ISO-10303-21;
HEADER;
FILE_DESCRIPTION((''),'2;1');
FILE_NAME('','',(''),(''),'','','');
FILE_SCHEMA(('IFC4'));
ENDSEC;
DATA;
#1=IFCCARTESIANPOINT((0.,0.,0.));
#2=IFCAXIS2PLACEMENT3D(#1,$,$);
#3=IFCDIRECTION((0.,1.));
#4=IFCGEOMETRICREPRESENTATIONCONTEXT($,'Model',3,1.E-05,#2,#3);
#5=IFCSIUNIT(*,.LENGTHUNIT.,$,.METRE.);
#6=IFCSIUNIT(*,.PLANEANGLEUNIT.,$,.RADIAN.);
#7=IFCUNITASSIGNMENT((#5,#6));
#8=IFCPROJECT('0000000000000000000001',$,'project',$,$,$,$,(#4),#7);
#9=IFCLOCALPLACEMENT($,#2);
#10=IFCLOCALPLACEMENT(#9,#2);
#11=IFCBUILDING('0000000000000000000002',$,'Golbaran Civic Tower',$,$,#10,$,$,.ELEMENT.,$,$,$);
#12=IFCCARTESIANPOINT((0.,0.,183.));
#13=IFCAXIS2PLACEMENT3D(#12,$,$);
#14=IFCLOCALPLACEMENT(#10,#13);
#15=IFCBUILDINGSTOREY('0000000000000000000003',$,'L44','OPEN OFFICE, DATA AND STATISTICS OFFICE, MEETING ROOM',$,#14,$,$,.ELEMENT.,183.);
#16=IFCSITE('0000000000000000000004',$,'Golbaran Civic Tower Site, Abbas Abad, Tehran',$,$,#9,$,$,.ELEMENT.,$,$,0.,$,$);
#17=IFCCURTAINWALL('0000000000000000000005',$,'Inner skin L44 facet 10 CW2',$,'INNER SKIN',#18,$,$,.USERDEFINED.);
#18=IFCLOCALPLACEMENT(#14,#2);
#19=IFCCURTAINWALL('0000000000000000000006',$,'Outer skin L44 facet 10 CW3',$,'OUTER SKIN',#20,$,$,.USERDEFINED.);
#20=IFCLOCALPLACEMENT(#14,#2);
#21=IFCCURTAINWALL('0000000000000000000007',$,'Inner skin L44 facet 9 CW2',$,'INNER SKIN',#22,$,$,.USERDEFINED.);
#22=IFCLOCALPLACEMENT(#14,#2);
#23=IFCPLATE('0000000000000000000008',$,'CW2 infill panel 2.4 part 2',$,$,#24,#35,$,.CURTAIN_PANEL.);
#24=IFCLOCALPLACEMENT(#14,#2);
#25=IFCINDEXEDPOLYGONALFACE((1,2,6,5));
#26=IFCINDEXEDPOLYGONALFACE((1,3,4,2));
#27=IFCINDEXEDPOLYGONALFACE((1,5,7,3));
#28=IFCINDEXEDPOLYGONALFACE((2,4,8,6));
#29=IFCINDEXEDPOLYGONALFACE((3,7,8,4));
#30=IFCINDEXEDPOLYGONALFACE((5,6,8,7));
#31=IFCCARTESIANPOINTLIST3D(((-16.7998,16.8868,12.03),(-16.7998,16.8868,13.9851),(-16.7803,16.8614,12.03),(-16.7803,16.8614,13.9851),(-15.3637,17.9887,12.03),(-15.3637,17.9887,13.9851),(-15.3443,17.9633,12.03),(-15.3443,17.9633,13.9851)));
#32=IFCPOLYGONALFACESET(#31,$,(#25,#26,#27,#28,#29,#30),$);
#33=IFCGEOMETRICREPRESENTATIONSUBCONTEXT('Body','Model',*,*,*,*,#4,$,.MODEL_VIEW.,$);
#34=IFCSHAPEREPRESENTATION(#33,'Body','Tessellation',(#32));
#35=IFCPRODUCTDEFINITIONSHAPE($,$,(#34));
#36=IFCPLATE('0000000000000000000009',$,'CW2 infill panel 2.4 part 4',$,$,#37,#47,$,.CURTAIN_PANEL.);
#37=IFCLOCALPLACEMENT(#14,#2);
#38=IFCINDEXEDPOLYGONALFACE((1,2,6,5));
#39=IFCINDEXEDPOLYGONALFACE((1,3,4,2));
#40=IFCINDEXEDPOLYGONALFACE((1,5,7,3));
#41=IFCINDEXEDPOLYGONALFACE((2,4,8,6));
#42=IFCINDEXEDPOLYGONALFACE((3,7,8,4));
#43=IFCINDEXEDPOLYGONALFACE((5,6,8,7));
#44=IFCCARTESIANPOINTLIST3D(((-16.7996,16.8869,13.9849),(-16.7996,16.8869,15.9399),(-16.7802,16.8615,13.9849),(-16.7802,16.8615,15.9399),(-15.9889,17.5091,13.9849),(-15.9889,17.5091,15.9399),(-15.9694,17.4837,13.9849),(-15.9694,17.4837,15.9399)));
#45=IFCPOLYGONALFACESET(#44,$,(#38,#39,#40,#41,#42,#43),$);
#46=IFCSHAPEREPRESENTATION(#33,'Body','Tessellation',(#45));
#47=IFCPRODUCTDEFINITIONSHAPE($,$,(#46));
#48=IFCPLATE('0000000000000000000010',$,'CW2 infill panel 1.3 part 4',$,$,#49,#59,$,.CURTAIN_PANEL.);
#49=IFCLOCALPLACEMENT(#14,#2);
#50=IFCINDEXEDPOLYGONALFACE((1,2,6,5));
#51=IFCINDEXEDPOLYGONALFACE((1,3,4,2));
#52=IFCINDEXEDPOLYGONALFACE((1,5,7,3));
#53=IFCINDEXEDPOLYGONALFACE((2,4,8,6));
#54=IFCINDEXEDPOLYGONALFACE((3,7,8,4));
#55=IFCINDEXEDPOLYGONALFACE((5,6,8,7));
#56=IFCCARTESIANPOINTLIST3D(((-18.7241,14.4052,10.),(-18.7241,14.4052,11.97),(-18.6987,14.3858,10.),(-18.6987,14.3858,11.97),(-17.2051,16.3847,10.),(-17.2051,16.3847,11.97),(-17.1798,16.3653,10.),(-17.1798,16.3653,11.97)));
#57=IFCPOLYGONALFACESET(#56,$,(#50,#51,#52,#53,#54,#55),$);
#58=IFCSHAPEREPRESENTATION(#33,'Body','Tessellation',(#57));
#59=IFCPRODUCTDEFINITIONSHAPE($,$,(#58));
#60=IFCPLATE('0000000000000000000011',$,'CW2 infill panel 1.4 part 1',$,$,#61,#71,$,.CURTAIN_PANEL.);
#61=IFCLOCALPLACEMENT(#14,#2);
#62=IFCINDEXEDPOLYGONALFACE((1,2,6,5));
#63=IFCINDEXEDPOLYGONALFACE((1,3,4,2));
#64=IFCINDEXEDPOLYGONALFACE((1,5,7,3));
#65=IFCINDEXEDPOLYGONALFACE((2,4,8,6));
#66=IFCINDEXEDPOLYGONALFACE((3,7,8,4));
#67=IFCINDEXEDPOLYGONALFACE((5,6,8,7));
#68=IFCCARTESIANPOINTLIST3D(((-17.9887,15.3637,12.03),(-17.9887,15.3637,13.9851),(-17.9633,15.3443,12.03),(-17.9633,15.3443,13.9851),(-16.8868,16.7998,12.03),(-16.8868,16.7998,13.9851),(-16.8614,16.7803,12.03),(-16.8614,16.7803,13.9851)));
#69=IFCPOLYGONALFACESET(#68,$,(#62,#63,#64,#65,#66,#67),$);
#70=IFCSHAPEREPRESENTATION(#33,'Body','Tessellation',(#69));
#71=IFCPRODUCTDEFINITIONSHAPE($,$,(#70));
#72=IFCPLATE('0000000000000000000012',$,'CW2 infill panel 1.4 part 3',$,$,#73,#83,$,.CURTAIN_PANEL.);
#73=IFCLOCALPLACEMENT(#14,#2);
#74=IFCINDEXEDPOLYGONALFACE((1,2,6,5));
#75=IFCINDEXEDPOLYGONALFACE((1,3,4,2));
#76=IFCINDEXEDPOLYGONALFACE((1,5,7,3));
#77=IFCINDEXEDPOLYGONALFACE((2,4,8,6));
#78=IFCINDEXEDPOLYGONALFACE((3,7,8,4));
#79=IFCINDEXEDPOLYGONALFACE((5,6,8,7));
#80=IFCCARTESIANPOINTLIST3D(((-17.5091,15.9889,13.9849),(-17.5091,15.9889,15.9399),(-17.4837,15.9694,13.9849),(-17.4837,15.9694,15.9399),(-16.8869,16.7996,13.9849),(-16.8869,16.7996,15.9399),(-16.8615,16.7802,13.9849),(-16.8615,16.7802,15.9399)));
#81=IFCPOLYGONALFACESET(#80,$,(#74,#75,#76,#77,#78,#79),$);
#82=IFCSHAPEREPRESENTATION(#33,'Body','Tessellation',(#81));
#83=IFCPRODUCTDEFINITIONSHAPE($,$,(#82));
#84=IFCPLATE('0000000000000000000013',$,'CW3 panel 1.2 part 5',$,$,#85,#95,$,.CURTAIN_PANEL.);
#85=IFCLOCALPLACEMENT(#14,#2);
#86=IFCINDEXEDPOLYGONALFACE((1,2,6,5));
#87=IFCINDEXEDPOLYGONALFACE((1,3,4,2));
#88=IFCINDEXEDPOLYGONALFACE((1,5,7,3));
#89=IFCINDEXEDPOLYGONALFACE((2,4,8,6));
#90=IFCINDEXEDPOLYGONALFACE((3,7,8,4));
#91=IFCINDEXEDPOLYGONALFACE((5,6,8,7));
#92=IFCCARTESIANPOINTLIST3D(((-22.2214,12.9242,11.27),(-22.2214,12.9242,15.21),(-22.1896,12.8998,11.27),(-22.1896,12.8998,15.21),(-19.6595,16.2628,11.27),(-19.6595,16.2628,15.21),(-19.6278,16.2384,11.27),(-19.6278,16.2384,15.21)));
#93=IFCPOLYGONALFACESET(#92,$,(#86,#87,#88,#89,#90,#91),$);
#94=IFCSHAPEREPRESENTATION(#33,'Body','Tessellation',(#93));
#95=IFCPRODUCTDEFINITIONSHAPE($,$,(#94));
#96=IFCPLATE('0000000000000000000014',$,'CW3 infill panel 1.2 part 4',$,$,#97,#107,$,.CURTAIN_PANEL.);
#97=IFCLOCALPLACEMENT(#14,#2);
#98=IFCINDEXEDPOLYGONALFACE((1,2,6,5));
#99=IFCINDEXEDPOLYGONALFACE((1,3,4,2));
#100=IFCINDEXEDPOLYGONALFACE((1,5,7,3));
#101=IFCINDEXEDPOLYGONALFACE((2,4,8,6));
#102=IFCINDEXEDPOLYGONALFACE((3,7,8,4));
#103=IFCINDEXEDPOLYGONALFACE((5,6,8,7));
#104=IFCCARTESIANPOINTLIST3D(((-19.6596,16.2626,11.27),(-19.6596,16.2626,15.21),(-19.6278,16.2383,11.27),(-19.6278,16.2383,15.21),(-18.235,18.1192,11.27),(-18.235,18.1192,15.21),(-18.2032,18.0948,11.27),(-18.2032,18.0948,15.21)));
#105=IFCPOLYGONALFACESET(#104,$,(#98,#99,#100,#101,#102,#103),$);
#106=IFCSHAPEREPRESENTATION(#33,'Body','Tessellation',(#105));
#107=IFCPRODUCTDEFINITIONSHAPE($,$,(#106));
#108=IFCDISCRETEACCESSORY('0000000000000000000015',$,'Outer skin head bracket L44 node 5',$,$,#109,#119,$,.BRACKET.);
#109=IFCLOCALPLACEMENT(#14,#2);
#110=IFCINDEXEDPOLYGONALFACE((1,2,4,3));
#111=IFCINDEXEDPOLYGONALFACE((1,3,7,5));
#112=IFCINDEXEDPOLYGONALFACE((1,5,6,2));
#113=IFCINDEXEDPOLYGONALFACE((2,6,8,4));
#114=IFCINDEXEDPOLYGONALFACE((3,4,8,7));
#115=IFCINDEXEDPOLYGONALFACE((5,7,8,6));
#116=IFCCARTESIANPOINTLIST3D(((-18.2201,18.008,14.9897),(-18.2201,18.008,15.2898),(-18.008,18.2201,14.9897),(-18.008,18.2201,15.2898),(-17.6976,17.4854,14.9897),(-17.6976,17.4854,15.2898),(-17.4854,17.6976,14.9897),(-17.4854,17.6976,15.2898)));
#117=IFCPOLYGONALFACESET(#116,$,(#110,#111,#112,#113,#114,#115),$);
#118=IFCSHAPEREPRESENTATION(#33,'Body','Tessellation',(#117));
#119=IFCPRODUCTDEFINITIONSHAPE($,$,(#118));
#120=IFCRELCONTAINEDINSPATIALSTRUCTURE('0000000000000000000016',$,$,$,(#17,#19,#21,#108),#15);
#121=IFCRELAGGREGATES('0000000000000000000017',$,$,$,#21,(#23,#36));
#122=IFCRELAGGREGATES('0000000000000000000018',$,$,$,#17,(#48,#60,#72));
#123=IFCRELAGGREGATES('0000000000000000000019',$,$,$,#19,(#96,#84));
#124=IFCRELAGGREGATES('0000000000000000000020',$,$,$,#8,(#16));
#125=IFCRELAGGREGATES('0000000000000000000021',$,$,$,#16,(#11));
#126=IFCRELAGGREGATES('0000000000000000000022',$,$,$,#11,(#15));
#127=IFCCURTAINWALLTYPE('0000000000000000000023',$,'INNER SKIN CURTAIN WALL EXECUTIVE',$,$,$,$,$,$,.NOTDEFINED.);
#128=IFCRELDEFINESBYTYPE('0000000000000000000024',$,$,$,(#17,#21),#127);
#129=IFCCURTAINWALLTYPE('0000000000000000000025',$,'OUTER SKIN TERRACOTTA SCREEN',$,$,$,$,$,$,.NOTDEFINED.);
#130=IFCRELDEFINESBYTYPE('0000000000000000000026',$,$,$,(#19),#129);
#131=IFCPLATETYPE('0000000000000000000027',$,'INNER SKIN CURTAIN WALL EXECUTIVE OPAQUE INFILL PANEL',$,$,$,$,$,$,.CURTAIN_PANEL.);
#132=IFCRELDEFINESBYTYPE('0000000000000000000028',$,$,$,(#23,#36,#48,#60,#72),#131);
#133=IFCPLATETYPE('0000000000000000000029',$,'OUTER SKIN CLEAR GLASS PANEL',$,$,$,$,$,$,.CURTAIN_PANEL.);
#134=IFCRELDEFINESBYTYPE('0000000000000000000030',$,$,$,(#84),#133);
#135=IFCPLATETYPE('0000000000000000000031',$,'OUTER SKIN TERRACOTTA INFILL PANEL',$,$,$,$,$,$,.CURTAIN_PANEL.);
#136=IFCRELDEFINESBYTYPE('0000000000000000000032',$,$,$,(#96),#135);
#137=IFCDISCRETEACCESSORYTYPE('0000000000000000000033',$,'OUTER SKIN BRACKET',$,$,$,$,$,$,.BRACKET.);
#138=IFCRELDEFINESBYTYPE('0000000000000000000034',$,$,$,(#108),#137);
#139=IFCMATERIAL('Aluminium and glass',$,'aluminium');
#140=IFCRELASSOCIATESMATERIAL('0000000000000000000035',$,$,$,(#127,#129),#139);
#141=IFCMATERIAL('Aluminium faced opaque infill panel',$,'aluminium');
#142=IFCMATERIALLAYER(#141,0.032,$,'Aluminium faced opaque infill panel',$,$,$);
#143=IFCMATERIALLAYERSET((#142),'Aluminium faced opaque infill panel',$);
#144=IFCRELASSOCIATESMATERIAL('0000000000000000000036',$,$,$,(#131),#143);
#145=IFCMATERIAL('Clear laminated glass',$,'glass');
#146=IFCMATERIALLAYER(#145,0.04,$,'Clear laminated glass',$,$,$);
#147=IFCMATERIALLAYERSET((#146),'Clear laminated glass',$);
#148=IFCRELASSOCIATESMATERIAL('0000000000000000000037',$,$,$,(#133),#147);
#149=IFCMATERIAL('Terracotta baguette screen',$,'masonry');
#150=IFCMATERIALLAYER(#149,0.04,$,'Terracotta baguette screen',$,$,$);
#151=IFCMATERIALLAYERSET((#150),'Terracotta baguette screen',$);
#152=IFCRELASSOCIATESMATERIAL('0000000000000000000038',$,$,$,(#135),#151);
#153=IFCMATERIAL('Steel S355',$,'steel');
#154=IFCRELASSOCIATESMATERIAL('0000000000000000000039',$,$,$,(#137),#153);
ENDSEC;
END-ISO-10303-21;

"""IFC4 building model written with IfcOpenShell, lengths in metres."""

from ifc_helpers import new_model, si_unit, direction, frame, origin, origin_2d, place, context, subcontext, project, spatial, rectangle, extrude, material, layer, layer_set, type_object, element, aggregate, save


model = new_model("IFC4")

# Units and contexts
model_context = context("Model", 3, precision=1e-05, world=origin(), true_north=direction((0.0, 1.0)))
body_context = subcontext(model_context, "Body", "Model", "MODEL_VIEW")
ifc_project = project(units=[si_unit("LENGTHUNIT", "METRE"), si_unit("PLANEANGLEUNIT", "RADIAN")], contexts=[model_context])

# Site, building, storey
site_placement = place(None, origin())
site = spatial("IfcSite", under=ifc_project, at=site_placement, Name="Golbaran Civic Tower Site, Abbas Abad, Tehran", CompositionType="ELEMENT", RefElevation=0.0)
building_placement = place(site_placement, origin())
building = spatial("IfcBuilding", under=site, at=building_placement, Name="Golbaran Civic Tower", CompositionType="ELEMENT")
storey_placement = place(building_placement, frame((0.0, 0.0, 183.0)))
storey = spatial("IfcBuildingStorey", under=building, at=storey_placement, Name="L44", Description="OPEN OFFICE, DATA AND STATISTICS OFFICE, MEETING ROOM", CompositionType="ELEMENT", Elevation=183.0)

# Curtain wall
ifc_material_1 = material(Name="Aluminium and glass", Category="aluminium")
curtain_wall_type_1 = type_object("IfcCurtainWallType", Name="INNER SKIN CURTAIN WALL EXECUTIVE", PredefinedType="NOTDEFINED", material=ifc_material_1)
curtain_wall_1_placement = place(storey_placement, origin())
curtain_wall_1 = element("IfcCurtainWall", 1, at=curtain_wall_1_placement, inside=storey, type_object=curtain_wall_type_1, Name="Inner skin L44 facet 10 CW2", ObjectType="INNER SKIN", PredefinedType="USERDEFINED")

# Curtain wall
curtain_wall_type_2 = type_object("IfcCurtainWallType", Name="OUTER SKIN TERRACOTTA SCREEN", PredefinedType="NOTDEFINED", material=ifc_material_1)
curtain_wall_2_placement = place(storey_placement, origin())
curtain_wall_2 = element("IfcCurtainWall", 2, at=curtain_wall_2_placement, inside=storey, type_object=curtain_wall_type_2, Name="Outer skin L44 facet 10 CW3", ObjectType="OUTER SKIN", PredefinedType="USERDEFINED")

# Curtain wall
curtain_wall_3_placement = place(storey_placement, origin())
curtain_wall_3 = element("IfcCurtainWall", 3, at=curtain_wall_3_placement, inside=storey, type_object=curtain_wall_type_1, Name="Inner skin L44 facet 9 CW2", ObjectType="INNER SKIN", PredefinedType="USERDEFINED")

# Plates
ifc_material_2 = material(Name="Aluminium faced opaque infill panel", Category="aluminium")
ifc_layer_1 = layer(ifc_material_2, 0.032, Name="Aluminium faced opaque infill panel")
ifc_layer_set_1 = layer_set([ifc_layer_1], Name="Aluminium faced opaque infill panel")
plate_type_1 = type_object("IfcPlateType", Name="INNER SKIN CURTAIN WALL EXECUTIVE OPAQUE INFILL PANEL", PredefinedType="CURTAIN_PANEL", material=ifc_layer_set_1)
plate_1_placement = place(storey_placement, frame((-16.072, 17.425, 12.03), z_axis=(0.0, 0.0, 1.0), x_axis=(-0.793353, -0.608761, 0.0)))
plate_1 = element("IfcPlate", 4, at=plate_1_placement, type_object=plate_type_1, Name="CW2 infill panel 2.4 part 2", PredefinedType="CURTAIN_PANEL", context=body_context, shape_type="SweptSolid", body=[
    extrude(rectangle(XDim=1.8101, YDim=0.032, at=origin_2d()), origin(), (0.0, 0.0, 1.0), 1.9551),
])
plate_2_placement = place(storey_placement, frame((-16.3845, 17.1853, 13.9849), z_axis=(0.0, 0.0, 1.0), x_axis=(-0.793353, -0.608761, 0.0)))
plate_2 = element("IfcPlate", 5, at=plate_2_placement, type_object=plate_type_1, Name="CW2 infill panel 2.4 part 4", PredefinedType="CURTAIN_PANEL", context=body_context, shape_type="SweptSolid", body=[
    extrude(rectangle(XDim=1.022, YDim=0.032, at=origin_2d()), origin(), (0.0, 0.0, 1.0), 1.9551),
])
aggregate(curtain_wall_3, [plate_1, plate_2])
plate_3_placement = place(storey_placement, frame((-17.9519, 15.3853, 10.0), z_axis=(0.0, 0.0, 1.0), x_axis=(-0.608761, -0.793353, 0.0)))
plate_3 = element("IfcPlate", 6, at=plate_3_placement, type_object=plate_type_1, Name="CW2 infill panel 1.3 part 4", PredefinedType="CURTAIN_PANEL", context=body_context, shape_type="SweptSolid", body=[
    extrude(rectangle(XDim=2.4951, YDim=0.032, at=origin_2d()), origin(), (0.0, 0.0, 1.0), 1.97),
])
plate_4_placement = place(storey_placement, frame((-17.425, 16.072, 12.03), z_axis=(0.0, 0.0, 1.0), x_axis=(-0.608761, -0.793353, 0.0)))
plate_4 = element("IfcPlate", 7, at=plate_4_placement, type_object=plate_type_1, Name="CW2 infill panel 1.4 part 1", PredefinedType="CURTAIN_PANEL", context=body_context, shape_type="SweptSolid", body=[
    extrude(rectangle(XDim=1.8101, YDim=0.032, at=origin_2d()), origin(), (0.0, 0.0, 1.0), 1.9551),
])
plate_5_placement = place(storey_placement, frame((-17.1853, 16.3845, 13.9849), z_axis=(0.0, 0.0, 1.0), x_axis=(-0.608761, -0.793353, 0.0)))
plate_5 = element("IfcPlate", 8, at=plate_5_placement, type_object=plate_type_1, Name="CW2 infill panel 1.4 part 3", PredefinedType="CURTAIN_PANEL", context=body_context, shape_type="SweptSolid", body=[
    extrude(rectangle(XDim=1.022, YDim=0.032, at=origin_2d()), origin(), (0.0, 0.0, 1.0), 1.9551),
])
aggregate(curtain_wall_1, [plate_3, plate_4, plate_5])
ifc_material_3 = material(Name="Clear laminated glass", Category="glass")
ifc_layer_2 = layer(ifc_material_3, 0.04, Name="Clear laminated glass")
ifc_layer_set_2 = layer_set([ifc_layer_2], Name="Clear laminated glass")
plate_type_2 = type_object("IfcPlateType", Name="OUTER SKIN CLEAR GLASS PANEL", PredefinedType="CURTAIN_PANEL", material=ifc_layer_set_2)
plate_6_placement = place(storey_placement, frame((-20.9246, 14.5813, 11.27), z_axis=(0.0, 0.0, 1.0), x_axis=(-0.608761, -0.793353, 0.0)))
plate_6 = element("IfcPlate", 9, at=plate_6_placement, type_object=plate_type_2, Name="CW3 panel 1.2 part 5", PredefinedType="CURTAIN_PANEL", context=body_context, shape_type="SweptSolid", body=[
    extrude(rectangle(XDim=4.2083, YDim=0.04, at=origin_2d()), origin(), (0.0, 0.0, 1.0), 3.9399),
])
ifc_material_4 = material(Name="Terracotta baguette screen", Category="masonry")
ifc_layer_3 = layer(ifc_material_4, 0.04, Name="Terracotta baguette screen")
ifc_layer_set_3 = layer_set([ifc_layer_3], Name="Terracotta baguette screen")
plate_type_3 = type_object("IfcPlateType", Name="OUTER SKIN TERRACOTTA INFILL PANEL", PredefinedType="CURTAIN_PANEL", material=ifc_layer_set_3)
plate_7_placement = place(storey_placement, frame((-18.9314, 17.1787, 11.27), z_axis=(0.0, 0.0, 1.0), x_axis=(-0.608761, -0.793353, 0.0)))
plate_7 = element("IfcPlate", 10, at=plate_7_placement, type_object=plate_type_3, Name="CW3 infill panel 1.2 part 4", PredefinedType="CURTAIN_PANEL", context=body_context, shape_type="SweptSolid", body=[
    extrude(rectangle(XDim=2.3401, YDim=0.04, at=origin_2d()), origin(), (0.0, 0.0, 1.0), 3.9399),
])
aggregate(curtain_wall_2, [plate_7, plate_6])

# Discrete accessory
ifc_material_5 = material(Name="Steel S355", Category="steel")
discrete_accessory_type = type_object("IfcDiscreteAccessoryType", Name="OUTER SKIN BRACKET", PredefinedType="BRACKET", material=ifc_material_5)
discrete_accessory_placement = place(storey_placement, frame((-17.8528, 17.8528, 14.9897), z_axis=(0.0, 0.0, 1.0), x_axis=(-0.707107, 0.707107, 0.0)))
element("IfcDiscreteAccessory", 11, at=discrete_accessory_placement, inside=storey, type_object=discrete_accessory_type, Name="Outer skin head bracket L44 node 5", PredefinedType="BRACKET", context=body_context, shape_type="SweptSolid", body=[
    extrude(rectangle(XDim=0.739, YDim=0.3, at=origin_2d()), origin(), (0.0, 0.0, 1.0), 0.3),
])

save(model, "model.ifc")
